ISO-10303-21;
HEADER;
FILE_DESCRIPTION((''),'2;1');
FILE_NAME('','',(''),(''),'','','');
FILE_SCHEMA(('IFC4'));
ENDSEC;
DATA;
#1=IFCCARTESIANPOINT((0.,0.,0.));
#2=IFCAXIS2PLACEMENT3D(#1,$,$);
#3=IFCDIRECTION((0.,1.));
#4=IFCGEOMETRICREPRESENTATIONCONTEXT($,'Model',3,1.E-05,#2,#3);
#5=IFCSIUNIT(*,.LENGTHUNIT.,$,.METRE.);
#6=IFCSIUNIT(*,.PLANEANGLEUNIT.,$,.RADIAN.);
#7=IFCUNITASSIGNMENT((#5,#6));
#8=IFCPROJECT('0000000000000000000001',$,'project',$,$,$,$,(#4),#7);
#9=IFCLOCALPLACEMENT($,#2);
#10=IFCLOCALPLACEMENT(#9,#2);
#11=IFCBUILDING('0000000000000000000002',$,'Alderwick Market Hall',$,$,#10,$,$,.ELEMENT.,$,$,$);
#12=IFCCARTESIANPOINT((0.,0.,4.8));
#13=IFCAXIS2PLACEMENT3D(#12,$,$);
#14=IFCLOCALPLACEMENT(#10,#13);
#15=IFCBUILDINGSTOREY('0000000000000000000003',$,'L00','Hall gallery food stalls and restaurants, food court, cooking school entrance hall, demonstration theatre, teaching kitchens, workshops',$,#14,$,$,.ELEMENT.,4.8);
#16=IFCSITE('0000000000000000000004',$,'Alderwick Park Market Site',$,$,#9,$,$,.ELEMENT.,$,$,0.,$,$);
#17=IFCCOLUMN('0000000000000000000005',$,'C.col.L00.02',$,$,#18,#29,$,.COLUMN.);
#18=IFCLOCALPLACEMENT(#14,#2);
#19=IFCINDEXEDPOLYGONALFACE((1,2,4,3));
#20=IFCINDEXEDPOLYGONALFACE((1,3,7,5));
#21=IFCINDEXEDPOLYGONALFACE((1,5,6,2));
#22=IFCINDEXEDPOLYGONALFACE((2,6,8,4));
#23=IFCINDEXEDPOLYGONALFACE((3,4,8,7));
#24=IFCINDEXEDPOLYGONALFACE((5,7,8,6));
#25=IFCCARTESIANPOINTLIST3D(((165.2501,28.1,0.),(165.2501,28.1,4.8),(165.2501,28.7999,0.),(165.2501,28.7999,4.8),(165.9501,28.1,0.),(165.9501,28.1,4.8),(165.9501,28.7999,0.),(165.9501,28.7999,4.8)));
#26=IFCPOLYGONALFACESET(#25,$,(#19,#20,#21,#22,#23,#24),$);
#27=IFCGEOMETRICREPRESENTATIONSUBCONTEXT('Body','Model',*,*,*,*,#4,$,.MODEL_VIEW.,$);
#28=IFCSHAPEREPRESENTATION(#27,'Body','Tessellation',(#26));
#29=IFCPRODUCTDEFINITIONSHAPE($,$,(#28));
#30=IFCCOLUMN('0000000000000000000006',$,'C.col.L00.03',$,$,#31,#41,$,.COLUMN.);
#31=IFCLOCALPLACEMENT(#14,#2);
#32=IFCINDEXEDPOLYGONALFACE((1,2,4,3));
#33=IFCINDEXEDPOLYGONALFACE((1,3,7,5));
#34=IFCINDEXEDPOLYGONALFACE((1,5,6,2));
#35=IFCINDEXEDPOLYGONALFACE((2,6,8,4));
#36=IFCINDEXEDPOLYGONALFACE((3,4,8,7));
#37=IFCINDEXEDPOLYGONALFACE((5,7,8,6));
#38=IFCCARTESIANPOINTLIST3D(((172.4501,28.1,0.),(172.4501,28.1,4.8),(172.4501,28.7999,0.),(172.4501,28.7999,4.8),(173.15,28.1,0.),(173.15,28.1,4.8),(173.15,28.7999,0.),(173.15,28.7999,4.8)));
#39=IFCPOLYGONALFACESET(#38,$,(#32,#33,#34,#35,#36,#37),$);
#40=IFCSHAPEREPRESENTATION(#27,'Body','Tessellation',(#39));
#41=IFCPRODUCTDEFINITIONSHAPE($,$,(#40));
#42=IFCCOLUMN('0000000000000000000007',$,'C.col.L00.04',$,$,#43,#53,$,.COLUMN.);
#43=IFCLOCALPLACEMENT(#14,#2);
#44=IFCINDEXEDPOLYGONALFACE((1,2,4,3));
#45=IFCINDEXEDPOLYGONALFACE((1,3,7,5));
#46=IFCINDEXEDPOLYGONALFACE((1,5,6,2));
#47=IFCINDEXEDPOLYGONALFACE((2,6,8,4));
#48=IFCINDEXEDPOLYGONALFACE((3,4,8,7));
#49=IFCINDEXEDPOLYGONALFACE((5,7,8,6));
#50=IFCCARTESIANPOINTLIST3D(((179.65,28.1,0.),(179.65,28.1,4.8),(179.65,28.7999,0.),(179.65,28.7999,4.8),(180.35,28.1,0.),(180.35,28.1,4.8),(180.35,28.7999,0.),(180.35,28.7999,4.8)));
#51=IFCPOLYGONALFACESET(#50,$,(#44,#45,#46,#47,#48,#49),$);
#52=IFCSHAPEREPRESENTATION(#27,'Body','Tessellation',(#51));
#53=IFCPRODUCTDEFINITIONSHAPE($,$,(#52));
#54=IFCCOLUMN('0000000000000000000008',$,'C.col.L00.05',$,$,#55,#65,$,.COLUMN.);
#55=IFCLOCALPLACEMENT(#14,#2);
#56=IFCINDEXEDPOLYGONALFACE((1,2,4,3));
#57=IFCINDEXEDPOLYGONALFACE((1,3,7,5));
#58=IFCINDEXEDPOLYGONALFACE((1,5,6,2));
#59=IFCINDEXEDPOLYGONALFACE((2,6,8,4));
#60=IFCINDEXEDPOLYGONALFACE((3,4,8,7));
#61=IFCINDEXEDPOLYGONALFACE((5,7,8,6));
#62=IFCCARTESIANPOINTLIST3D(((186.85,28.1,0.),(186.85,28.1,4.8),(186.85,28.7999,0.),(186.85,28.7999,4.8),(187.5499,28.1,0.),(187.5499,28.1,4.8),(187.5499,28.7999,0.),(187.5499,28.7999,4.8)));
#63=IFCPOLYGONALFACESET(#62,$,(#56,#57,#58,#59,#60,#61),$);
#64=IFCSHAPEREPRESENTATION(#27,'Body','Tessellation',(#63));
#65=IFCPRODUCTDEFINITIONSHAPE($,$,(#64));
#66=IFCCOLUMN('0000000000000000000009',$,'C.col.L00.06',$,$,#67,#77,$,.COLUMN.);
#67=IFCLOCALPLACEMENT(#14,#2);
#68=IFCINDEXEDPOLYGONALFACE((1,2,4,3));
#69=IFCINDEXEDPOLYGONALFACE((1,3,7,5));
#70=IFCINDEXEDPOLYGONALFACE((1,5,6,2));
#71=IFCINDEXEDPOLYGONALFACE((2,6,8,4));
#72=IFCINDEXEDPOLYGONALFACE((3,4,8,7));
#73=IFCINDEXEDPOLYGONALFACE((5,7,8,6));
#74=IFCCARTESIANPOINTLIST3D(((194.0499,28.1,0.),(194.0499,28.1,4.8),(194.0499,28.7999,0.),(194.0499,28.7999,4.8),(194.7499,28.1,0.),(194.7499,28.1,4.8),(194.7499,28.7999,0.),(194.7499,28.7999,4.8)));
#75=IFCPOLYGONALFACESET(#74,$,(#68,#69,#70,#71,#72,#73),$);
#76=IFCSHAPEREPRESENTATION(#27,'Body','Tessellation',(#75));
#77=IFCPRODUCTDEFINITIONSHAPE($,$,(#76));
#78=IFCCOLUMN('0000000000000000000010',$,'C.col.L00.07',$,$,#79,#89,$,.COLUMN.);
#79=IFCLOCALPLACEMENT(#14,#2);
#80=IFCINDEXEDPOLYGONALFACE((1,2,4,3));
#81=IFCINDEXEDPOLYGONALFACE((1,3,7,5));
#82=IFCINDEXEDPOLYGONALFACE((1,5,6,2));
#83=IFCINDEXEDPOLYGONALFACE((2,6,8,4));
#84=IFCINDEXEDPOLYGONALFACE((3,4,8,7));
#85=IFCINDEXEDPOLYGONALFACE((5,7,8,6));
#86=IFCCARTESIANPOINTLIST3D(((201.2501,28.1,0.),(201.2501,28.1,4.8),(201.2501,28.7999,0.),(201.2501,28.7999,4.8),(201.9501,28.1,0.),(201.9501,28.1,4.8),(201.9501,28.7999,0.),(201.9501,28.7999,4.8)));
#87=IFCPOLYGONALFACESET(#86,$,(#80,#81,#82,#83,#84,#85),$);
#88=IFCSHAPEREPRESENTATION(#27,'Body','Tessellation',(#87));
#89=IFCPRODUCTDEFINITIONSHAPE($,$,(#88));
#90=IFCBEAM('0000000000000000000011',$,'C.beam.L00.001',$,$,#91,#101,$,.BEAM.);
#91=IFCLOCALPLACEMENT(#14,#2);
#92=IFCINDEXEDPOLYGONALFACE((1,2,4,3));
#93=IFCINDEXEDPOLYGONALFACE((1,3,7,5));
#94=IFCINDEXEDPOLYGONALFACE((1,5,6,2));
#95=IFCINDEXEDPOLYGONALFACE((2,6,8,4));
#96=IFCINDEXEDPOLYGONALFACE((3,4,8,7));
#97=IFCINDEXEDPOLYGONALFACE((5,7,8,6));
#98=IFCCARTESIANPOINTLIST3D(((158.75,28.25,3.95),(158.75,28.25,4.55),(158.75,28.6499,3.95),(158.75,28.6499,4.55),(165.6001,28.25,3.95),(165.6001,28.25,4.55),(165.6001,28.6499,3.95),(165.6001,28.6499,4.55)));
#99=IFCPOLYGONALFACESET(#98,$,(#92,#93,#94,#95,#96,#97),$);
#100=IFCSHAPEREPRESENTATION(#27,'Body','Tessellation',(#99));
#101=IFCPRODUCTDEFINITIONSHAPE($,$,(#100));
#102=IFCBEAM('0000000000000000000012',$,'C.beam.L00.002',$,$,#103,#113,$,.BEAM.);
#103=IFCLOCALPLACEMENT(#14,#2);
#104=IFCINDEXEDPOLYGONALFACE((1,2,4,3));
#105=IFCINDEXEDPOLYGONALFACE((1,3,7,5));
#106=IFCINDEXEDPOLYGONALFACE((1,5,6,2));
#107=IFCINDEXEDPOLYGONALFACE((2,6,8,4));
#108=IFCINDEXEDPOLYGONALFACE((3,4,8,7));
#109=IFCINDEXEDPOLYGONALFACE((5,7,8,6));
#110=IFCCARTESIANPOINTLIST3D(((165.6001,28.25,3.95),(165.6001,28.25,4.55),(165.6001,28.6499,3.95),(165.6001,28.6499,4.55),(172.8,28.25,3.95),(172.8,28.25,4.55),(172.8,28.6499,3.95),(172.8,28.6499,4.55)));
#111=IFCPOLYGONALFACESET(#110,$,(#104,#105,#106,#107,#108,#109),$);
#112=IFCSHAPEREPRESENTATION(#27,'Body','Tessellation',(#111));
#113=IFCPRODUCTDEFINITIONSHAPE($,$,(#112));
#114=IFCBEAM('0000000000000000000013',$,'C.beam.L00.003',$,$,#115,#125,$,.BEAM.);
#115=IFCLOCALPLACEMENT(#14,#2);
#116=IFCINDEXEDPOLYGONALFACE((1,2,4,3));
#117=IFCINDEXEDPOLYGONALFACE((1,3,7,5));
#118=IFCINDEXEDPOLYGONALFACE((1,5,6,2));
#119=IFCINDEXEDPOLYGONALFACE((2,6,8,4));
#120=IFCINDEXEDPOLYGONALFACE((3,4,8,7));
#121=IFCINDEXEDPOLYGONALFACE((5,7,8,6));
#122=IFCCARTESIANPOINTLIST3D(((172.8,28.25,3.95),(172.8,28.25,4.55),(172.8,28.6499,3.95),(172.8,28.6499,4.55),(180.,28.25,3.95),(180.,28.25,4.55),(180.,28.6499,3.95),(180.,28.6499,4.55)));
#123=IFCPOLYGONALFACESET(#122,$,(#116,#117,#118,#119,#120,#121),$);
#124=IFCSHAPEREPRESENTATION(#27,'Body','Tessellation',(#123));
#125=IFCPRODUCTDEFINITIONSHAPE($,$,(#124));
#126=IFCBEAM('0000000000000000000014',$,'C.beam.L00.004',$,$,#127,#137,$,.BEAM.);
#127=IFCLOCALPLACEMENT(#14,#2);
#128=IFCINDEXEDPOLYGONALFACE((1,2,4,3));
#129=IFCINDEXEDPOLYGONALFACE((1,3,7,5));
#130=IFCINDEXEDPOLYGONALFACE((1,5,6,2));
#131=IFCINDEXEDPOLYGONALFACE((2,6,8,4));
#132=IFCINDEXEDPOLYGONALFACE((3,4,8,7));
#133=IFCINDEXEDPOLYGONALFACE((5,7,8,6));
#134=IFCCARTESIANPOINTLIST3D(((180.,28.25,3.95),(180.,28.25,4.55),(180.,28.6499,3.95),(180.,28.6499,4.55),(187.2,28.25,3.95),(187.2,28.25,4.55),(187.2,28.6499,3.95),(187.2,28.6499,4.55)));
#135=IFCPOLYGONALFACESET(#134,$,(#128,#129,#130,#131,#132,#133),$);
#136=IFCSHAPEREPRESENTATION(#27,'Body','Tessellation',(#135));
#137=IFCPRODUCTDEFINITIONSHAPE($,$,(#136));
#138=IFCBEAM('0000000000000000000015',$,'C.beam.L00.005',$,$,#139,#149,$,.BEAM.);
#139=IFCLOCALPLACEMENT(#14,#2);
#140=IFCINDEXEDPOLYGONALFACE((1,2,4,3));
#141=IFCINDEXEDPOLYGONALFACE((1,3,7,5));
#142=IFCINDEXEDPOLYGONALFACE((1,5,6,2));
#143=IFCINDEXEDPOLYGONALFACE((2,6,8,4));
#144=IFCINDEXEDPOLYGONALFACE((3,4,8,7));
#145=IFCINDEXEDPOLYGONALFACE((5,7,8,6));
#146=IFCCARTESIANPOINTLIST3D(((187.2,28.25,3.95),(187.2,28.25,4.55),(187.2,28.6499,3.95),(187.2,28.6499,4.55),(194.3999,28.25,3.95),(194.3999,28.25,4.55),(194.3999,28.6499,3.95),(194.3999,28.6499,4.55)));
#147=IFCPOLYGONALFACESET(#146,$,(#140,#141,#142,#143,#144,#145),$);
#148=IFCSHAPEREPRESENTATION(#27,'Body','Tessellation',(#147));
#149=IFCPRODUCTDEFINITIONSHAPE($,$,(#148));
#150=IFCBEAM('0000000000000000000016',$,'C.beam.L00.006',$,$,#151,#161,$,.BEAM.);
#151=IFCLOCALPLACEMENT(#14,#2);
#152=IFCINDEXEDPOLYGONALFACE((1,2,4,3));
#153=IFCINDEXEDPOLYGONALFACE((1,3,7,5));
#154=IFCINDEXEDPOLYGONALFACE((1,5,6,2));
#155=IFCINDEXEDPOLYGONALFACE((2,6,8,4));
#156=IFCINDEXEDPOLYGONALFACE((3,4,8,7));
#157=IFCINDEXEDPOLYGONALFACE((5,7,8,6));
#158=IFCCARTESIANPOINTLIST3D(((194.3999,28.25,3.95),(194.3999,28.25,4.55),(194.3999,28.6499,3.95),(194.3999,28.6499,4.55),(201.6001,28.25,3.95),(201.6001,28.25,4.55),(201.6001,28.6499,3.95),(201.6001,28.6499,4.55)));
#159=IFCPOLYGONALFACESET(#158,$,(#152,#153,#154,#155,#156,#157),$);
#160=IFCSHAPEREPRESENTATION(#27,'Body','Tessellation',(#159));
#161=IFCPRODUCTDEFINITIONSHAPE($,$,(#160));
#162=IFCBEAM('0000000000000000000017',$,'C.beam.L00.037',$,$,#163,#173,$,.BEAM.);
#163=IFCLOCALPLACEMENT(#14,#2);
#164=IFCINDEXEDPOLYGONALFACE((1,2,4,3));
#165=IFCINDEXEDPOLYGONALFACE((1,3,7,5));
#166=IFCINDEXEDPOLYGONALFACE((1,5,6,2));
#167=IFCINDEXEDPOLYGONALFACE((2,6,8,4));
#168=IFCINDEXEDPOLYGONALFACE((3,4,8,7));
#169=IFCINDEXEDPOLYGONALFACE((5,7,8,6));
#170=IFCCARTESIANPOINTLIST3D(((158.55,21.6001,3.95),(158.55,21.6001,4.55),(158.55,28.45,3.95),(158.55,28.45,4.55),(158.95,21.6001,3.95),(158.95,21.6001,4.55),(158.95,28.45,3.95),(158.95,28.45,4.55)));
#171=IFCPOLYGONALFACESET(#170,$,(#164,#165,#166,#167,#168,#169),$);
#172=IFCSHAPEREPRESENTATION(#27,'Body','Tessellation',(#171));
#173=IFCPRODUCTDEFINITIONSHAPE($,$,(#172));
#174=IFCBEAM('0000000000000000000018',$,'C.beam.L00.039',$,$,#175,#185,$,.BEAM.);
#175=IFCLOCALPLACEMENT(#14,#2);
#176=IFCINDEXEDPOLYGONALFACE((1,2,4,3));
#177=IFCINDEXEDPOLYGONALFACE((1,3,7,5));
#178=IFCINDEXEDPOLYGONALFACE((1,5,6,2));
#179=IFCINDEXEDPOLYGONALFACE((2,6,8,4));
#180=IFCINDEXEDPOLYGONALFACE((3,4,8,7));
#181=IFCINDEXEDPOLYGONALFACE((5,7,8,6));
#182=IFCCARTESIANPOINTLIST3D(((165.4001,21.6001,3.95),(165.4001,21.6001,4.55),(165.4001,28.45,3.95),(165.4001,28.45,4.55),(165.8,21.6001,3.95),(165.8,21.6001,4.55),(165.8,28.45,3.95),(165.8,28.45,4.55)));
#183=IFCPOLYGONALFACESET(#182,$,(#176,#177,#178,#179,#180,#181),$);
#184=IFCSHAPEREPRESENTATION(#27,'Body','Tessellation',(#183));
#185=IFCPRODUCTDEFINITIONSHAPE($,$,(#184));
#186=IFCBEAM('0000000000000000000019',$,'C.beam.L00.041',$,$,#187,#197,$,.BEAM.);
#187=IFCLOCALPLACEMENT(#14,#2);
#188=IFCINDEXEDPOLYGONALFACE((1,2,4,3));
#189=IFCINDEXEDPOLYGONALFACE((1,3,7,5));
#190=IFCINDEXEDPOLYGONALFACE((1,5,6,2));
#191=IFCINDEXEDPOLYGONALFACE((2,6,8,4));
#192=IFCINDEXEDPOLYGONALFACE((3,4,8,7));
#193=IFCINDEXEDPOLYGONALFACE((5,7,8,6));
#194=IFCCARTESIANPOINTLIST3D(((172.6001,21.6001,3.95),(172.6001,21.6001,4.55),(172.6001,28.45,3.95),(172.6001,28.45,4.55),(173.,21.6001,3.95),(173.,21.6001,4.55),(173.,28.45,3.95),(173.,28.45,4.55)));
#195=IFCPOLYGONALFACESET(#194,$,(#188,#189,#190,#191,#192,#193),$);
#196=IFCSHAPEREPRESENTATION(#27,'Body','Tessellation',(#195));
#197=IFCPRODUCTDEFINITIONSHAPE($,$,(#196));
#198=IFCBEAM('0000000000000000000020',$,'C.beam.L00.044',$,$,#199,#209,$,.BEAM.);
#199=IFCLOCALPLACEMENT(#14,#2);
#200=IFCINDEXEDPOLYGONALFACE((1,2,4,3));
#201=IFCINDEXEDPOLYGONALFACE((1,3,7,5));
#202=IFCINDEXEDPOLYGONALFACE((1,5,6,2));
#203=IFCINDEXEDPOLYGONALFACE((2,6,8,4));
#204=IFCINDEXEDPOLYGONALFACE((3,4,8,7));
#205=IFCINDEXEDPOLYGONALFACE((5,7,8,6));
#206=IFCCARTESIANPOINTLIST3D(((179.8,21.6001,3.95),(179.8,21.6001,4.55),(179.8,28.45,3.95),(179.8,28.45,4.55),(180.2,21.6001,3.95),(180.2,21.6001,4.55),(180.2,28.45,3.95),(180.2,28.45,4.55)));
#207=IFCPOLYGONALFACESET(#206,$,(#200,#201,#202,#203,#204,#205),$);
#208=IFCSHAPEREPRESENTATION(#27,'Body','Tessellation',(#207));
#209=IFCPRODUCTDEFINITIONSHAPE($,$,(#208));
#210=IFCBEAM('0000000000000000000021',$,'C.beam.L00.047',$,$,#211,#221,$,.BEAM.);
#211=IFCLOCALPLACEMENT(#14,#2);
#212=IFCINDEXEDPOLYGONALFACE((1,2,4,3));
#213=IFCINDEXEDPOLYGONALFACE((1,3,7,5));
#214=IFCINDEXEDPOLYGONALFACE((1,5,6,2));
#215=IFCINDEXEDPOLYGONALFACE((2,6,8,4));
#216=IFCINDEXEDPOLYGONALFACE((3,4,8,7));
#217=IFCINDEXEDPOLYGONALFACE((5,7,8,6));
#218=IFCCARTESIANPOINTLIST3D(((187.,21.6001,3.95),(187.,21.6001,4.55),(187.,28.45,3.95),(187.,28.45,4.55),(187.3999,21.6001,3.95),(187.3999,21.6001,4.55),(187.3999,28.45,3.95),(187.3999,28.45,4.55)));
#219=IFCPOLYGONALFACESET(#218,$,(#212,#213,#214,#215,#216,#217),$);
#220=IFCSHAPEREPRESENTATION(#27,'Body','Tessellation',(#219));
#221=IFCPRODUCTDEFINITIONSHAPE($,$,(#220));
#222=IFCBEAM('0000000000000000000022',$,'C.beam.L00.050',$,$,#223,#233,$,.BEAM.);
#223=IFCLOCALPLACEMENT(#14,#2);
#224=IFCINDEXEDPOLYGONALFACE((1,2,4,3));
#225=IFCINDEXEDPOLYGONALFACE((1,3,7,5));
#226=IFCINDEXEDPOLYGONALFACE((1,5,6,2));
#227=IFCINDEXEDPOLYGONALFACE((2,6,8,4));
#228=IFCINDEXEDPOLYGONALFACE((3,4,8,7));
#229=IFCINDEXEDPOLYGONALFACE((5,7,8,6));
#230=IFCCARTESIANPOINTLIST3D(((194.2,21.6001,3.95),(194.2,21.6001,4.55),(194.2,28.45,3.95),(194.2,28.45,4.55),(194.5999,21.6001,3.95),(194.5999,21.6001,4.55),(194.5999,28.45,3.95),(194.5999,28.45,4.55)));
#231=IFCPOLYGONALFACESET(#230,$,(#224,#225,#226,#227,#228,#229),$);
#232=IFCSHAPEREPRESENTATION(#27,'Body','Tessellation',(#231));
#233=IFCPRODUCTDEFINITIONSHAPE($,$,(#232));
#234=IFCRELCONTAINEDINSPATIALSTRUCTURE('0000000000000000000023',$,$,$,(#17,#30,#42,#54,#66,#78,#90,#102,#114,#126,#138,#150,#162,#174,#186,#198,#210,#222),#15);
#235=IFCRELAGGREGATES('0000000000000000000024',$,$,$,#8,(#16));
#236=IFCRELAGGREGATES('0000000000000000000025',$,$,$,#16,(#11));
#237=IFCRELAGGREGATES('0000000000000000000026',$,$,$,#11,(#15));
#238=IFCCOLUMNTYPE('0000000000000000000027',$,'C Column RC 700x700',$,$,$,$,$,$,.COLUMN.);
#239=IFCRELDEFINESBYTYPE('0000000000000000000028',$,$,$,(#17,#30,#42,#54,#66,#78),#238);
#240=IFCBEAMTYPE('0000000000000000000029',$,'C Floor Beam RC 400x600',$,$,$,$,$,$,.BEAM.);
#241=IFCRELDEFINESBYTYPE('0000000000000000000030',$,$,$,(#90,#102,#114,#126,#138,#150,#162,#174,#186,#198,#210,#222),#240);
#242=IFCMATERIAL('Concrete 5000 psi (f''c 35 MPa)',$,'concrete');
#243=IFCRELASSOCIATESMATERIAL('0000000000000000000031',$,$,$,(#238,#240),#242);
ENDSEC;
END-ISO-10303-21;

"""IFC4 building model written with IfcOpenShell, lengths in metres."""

from ifc_helpers import new_model, si_unit, direction, frame, origin, origin_2d, place, context, subcontext, project, spatial, rectangle, extrude, material, material_profile, profile_set, type_object, element, save


model = new_model("IFC4")

# Units and contexts
model_context = context("Model", 3, precision=1e-05, world=origin(), true_north=direction((0.0, 1.0)))
body_context = subcontext(model_context, "Body", "Model", "MODEL_VIEW")
ifc_project = project(units=[si_unit("LENGTHUNIT", "METRE"), si_unit("PLANEANGLEUNIT", "RADIAN")], contexts=[model_context])

# Site, building, storey
site_placement = place(None, origin())
site = spatial("IfcSite", under=ifc_project, at=site_placement, Name="Alderwick Park Market Site", CompositionType="ELEMENT", RefElevation=0.0)
building_placement = place(site_placement, origin())
building = spatial("IfcBuilding", under=site, at=building_placement, Name="Alderwick Market Hall", CompositionType="ELEMENT")
storey_placement = place(building_placement, frame((0.0, 0.0, 4.8)))
storey = spatial("IfcBuildingStorey", under=building, at=storey_placement, Name="L00", Description="Hall gallery food stalls and restaurants, food court, cooking school entrance hall, demonstration theatre, teaching kitchens, workshops", CompositionType="ELEMENT", Elevation=4.8)

# Columns
ifc_material_1 = material(Name="Concrete 5000 psi (f'c 35 MPa)", Category="concrete")
ifc_material_profile_1 = material_profile(ifc_material_1, rectangle(XDim=0.7, YDim=0.7, at=origin_2d()), Name="RC 700x700")
ifc_profile_set_1 = profile_set([ifc_material_profile_1], Name="Concrete 5000 psi (f'c 35 MPa)")
column_type = type_object("IfcColumnType", Name="C Column RC 700x700", PredefinedType="COLUMN", material=ifc_profile_set_1)
for number, where, z_axis, x_axis, name in (
    (1, (165.6001, 28.45, 0.0), (0.0, 0.0, 1.0), (1.0, 0.0, 0.0), "C.col.L00.02"),
    (2, (172.8, 28.45, 0.0), (0.0, 0.0, 1.0), (1.0, 0.0, 0.0), "C.col.L00.03"),
    (3, (180.0, 28.45, 0.0), (0.0, 0.0, 1.0), (1.0, 0.0, 0.0), "C.col.L00.04"),
    (4, (187.2, 28.45, 0.0), (0.0, 0.0, 1.0), (1.0, 0.0, 0.0), "C.col.L00.05"),
    (5, (194.3999, 28.45, 0.0), (0.0, 0.0, 1.0), (1.0, 0.0, 0.0), "C.col.L00.06"),
    (6, (201.6001, 28.45, 0.0), (0.0, 0.0, 1.0), (1.0, 0.0, 0.0), "C.col.L00.07"),
):
    element("IfcColumn", number, at=place(storey_placement, frame(where, z_axis=z_axis, x_axis=x_axis)), inside=storey, type_object=column_type, Name=name, PredefinedType="COLUMN", context=body_context, shape_type="SweptSolid", body=[
        extrude(rectangle(XDim=0.7, YDim=0.7, at=origin_2d()), origin(), (0.0, 0.0, 1.0), 4.8),
    ])

# Beams
ifc_material_profile_2 = material_profile(ifc_material_1, rectangle(XDim=0.3999, YDim=0.6001, at=origin_2d()), Name="RC 400x600")
ifc_profile_set_2 = profile_set([ifc_material_profile_2], Name="Concrete 5000 psi (f'c 35 MPa)")
beam_type = type_object("IfcBeamType", Name="C Floor Beam RC 400x600", PredefinedType="BEAM", material=ifc_profile_set_2)
beam_1_placement = place(storey_placement, frame((158.75, 28.45, 4.25), z_axis=(1.0, 0.0, 0.0), x_axis=(0.0, 1.0, 0.0)))
element("IfcBeam", 7, at=beam_1_placement, inside=storey, type_object=beam_type, Name="C.beam.L00.001", PredefinedType="BEAM", context=body_context, shape_type="SweptSolid", body=[
    extrude(rectangle(XDim=0.3999, YDim=0.6001, at=origin_2d()), origin(), (0.0, 0.0, 1.0), 6.8501),
])
for number, where, z_axis, x_axis, name in (
    (8, (165.6001, 28.45, 4.25), (1.0, 0.0, 0.0), (0.0, 1.0, 0.0), "C.beam.L00.002"),
    (9, (172.8, 28.45, 4.25), (1.0, 0.0, 0.0), (0.0, 1.0, 0.0), "C.beam.L00.003"),
    (10, (180.0, 28.45, 4.25), (1.0, 0.0, 0.0), (0.0, 1.0, 0.0), "C.beam.L00.004"),
    (11, (187.2, 28.45, 4.25), (1.0, 0.0, 0.0), (0.0, 1.0, 0.0), "C.beam.L00.005"),
):
    element("IfcBeam", number, at=place(storey_placement, frame(where, z_axis=z_axis, x_axis=x_axis)), inside=storey, type_object=beam_type, Name=name, PredefinedType="BEAM", context=body_context, shape_type="SweptSolid", body=[
        extrude(rectangle(XDim=0.3999, YDim=0.6001, at=origin_2d()), origin(), (0.0, 0.0, 1.0), 7.2),
    ])
beam_2_placement = place(storey_placement, frame((194.3999, 28.45, 4.25), z_axis=(1.0, 0.0, 0.0), x_axis=(0.0, 1.0, 0.0)))
element("IfcBeam", 12, at=beam_2_placement, inside=storey, type_object=beam_type, Name="C.beam.L00.006", PredefinedType="BEAM", context=body_context, shape_type="SweptSolid", body=[
    extrude(rectangle(XDim=0.3999, YDim=0.6001, at=origin_2d()), origin(), (0.0, 0.0, 1.0), 7.2002),
])
for number, where, z_axis, x_axis, name in (
    (13, (158.75, 28.45, 4.25), (0.0, -1.0, 0.0), (1.0, 0.0, 0.0), "C.beam.L00.037"),
    (14, (165.6001, 28.45, 4.25), (0.0, -1.0, 0.0), (1.0, 0.0, 0.0), "C.beam.L00.039"),
    (15, (172.8, 28.45, 4.25), (0.0, -1.0, 0.0), (1.0, 0.0, 0.0), "C.beam.L00.041"),
    (16, (180.0, 28.45, 4.25), (0.0, -1.0, 0.0), (1.0, 0.0, 0.0), "C.beam.L00.044"),
    (17, (187.2, 28.45, 4.25), (0.0, -1.0, 0.0), (1.0, 0.0, 0.0), "C.beam.L00.047"),
    (18, (194.3999, 28.45, 4.25), (0.0, -1.0, 0.0), (1.0, 0.0, 0.0), "C.beam.L00.050"),
):
    element("IfcBeam", number, at=place(storey_placement, frame(where, z_axis=z_axis, x_axis=x_axis)), inside=storey, type_object=beam_type, Name=name, PredefinedType="BEAM", context=body_context, shape_type="SweptSolid", body=[
        extrude(rectangle(XDim=0.3999, YDim=0.6001, at=origin_2d()), origin(), (0.0, 0.0, 1.0), 6.8499),
    ])

save(model, "model.ifc")
